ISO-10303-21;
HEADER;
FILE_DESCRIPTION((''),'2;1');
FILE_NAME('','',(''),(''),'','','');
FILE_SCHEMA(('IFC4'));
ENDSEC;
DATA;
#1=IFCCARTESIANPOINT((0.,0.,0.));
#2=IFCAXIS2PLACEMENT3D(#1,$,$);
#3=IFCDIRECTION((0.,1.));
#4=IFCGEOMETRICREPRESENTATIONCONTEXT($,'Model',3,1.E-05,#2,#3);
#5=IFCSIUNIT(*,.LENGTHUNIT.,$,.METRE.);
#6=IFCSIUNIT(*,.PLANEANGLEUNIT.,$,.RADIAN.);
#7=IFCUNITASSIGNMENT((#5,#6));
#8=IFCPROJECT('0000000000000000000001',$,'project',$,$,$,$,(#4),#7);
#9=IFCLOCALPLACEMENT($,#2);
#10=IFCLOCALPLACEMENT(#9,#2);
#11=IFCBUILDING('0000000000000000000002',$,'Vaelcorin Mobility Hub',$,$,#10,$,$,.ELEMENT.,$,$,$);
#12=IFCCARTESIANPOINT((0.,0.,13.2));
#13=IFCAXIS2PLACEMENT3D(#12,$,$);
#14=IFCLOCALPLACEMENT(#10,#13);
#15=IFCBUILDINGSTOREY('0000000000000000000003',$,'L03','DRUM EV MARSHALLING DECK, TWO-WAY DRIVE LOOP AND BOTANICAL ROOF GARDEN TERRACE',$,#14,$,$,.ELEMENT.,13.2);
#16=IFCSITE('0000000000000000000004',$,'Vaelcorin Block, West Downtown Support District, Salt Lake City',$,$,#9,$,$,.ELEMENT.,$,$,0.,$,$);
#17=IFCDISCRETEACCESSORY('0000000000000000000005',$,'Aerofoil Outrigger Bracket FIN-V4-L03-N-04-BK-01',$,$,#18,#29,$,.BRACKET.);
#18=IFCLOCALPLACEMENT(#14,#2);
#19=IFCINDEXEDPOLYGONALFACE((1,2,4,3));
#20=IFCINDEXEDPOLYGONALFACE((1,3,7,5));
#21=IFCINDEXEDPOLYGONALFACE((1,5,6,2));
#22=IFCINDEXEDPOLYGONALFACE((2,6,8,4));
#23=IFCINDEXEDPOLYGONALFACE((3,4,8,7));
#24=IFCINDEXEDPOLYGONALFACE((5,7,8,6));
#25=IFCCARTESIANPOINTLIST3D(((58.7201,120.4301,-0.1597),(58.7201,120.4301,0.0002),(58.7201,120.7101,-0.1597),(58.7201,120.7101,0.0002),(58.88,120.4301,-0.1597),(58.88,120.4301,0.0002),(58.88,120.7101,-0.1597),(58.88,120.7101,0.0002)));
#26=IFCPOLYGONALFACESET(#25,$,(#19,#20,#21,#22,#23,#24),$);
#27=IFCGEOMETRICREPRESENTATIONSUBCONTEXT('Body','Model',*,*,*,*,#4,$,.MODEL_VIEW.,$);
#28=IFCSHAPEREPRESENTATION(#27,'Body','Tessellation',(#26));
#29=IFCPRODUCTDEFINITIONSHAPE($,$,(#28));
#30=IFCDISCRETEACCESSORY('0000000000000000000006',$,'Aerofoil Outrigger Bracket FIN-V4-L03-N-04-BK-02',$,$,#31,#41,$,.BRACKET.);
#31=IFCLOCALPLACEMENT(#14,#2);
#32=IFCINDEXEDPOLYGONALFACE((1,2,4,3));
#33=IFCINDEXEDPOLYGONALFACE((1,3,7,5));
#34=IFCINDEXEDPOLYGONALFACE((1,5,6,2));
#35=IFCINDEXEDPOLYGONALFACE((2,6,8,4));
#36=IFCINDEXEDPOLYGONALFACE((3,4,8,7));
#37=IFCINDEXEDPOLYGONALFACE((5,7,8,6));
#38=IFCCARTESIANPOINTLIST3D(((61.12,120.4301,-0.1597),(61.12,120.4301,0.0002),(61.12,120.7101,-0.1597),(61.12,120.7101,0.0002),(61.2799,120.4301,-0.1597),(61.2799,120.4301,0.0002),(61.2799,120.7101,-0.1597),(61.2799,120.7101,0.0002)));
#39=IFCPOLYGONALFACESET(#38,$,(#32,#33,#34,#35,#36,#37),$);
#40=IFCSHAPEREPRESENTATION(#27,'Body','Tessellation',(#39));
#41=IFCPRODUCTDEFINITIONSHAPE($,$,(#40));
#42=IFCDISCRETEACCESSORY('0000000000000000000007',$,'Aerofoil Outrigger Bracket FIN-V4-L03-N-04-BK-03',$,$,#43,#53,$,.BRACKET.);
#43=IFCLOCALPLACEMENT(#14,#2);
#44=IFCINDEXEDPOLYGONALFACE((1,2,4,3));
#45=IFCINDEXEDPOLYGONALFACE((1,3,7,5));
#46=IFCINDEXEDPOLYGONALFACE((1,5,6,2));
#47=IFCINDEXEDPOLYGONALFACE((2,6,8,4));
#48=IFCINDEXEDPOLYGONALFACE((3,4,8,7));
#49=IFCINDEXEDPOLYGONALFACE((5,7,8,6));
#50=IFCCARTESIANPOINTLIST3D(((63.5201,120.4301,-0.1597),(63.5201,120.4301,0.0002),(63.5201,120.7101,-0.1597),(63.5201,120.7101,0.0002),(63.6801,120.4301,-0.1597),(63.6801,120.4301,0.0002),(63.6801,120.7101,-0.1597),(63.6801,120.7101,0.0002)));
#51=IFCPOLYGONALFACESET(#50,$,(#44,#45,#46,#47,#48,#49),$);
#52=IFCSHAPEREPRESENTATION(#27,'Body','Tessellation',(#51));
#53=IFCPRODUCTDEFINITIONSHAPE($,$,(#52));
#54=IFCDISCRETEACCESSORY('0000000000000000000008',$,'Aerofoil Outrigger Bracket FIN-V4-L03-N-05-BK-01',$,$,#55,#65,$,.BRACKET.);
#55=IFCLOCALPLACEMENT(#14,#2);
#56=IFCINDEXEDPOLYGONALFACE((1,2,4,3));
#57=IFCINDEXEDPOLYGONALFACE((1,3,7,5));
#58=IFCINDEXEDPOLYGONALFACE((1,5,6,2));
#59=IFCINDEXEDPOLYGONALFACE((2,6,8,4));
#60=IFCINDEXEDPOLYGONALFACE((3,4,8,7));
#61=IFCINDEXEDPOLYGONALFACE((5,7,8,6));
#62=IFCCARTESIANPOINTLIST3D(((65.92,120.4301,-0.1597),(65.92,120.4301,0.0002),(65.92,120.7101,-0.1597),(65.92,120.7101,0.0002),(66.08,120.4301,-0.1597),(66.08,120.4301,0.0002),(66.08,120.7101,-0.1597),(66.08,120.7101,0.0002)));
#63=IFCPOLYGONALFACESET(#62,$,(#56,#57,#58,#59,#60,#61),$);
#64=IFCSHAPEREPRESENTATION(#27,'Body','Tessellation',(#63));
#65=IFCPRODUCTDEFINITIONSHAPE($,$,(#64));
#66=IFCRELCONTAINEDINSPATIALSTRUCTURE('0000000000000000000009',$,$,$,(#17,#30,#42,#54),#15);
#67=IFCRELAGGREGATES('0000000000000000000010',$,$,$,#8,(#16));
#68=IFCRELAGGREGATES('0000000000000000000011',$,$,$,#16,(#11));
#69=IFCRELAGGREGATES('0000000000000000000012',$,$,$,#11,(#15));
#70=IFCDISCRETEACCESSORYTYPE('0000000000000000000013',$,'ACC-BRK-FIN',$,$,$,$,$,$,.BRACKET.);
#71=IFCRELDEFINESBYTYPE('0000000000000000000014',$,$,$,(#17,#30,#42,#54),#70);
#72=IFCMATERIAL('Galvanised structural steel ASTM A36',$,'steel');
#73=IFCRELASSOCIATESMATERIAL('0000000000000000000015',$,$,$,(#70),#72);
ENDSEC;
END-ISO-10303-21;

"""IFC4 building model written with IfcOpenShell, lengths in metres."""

from ifc_helpers import new_model, si_unit, direction, frame, origin, origin_2d, place, context, subcontext, project, spatial, rectangle, extrude, material, type_object, element, save


model = new_model("IFC4")

# Units and contexts
model_context = context("Model", 3, precision=1e-05, world=origin(), true_north=direction((0.0, 1.0)))
body_context = subcontext(model_context, "Body", "Model", "MODEL_VIEW")
ifc_project = project(units=[si_unit("LENGTHUNIT", "METRE"), si_unit("PLANEANGLEUNIT", "RADIAN")], contexts=[model_context])

# Site, building, storey
site_placement = place(None, origin())
site = spatial("IfcSite", under=ifc_project, at=site_placement, Name="Vaelcorin Block, West Downtown Support District, Salt Lake City", CompositionType="ELEMENT", RefElevation=0.0)
building_placement = place(site_placement, origin())
building = spatial("IfcBuilding", under=site, at=building_placement, Name="Vaelcorin Mobility Hub", CompositionType="ELEMENT")
storey_placement = place(building_placement, frame((0.0, 0.0, 13.2)))
storey = spatial("IfcBuildingStorey", under=building, at=storey_placement, Name="L03", Description="DRUM EV MARSHALLING DECK, TWO-WAY DRIVE LOOP AND BOTANICAL ROOF GARDEN TERRACE", CompositionType="ELEMENT", Elevation=13.2)

# Shared definitions
ifc_material_1 = material(Name="Galvanised structural steel ASTM A36", Category="steel")

# Discrete accessories
discrete_accessory_type = type_object("IfcDiscreteAccessoryType", Name="ACC-BRK-FIN", PredefinedType="BRACKET", material=ifc_material_1)
for number, where, z_axis, x_axis, name in (
    (1, (58.8, 120.5701, -0.1597), (0.0, 0.0, 1.0), (0.0, 1.0, 0.0), "Aerofoil Outrigger Bracket FIN-V4-L03-N-04-BK-01"),
    (2, (61.2, 120.5701, -0.1597), (0.0, 0.0, 1.0), (0.0, 1.0, 0.0), "Aerofoil Outrigger Bracket FIN-V4-L03-N-04-BK-02"),
    (3, (63.6001, 120.5701, -0.1597), (0.0, 0.0, 1.0), (0.0, 1.0, 0.0), "Aerofoil Outrigger Bracket FIN-V4-L03-N-04-BK-03"),
    (4, (66.0, 120.5701, -0.1597), (0.0, 0.0, 1.0), (0.0, 1.0, 0.0), "Aerofoil Outrigger Bracket FIN-V4-L03-N-05-BK-01"),
):
    element("IfcDiscreteAccessory", number, at=place(storey_placement, frame(where, z_axis=z_axis, x_axis=x_axis)), inside=storey, type_object=discrete_accessory_type, Name=name, PredefinedType="BRACKET", context=body_context, shape_type="SweptSolid", body=[
        extrude(rectangle(XDim=0.28, YDim=0.1599, at=origin_2d()), origin(), (0.0, 0.0, 1.0), 0.1599),
    ])

save(model, "model.ifc")
